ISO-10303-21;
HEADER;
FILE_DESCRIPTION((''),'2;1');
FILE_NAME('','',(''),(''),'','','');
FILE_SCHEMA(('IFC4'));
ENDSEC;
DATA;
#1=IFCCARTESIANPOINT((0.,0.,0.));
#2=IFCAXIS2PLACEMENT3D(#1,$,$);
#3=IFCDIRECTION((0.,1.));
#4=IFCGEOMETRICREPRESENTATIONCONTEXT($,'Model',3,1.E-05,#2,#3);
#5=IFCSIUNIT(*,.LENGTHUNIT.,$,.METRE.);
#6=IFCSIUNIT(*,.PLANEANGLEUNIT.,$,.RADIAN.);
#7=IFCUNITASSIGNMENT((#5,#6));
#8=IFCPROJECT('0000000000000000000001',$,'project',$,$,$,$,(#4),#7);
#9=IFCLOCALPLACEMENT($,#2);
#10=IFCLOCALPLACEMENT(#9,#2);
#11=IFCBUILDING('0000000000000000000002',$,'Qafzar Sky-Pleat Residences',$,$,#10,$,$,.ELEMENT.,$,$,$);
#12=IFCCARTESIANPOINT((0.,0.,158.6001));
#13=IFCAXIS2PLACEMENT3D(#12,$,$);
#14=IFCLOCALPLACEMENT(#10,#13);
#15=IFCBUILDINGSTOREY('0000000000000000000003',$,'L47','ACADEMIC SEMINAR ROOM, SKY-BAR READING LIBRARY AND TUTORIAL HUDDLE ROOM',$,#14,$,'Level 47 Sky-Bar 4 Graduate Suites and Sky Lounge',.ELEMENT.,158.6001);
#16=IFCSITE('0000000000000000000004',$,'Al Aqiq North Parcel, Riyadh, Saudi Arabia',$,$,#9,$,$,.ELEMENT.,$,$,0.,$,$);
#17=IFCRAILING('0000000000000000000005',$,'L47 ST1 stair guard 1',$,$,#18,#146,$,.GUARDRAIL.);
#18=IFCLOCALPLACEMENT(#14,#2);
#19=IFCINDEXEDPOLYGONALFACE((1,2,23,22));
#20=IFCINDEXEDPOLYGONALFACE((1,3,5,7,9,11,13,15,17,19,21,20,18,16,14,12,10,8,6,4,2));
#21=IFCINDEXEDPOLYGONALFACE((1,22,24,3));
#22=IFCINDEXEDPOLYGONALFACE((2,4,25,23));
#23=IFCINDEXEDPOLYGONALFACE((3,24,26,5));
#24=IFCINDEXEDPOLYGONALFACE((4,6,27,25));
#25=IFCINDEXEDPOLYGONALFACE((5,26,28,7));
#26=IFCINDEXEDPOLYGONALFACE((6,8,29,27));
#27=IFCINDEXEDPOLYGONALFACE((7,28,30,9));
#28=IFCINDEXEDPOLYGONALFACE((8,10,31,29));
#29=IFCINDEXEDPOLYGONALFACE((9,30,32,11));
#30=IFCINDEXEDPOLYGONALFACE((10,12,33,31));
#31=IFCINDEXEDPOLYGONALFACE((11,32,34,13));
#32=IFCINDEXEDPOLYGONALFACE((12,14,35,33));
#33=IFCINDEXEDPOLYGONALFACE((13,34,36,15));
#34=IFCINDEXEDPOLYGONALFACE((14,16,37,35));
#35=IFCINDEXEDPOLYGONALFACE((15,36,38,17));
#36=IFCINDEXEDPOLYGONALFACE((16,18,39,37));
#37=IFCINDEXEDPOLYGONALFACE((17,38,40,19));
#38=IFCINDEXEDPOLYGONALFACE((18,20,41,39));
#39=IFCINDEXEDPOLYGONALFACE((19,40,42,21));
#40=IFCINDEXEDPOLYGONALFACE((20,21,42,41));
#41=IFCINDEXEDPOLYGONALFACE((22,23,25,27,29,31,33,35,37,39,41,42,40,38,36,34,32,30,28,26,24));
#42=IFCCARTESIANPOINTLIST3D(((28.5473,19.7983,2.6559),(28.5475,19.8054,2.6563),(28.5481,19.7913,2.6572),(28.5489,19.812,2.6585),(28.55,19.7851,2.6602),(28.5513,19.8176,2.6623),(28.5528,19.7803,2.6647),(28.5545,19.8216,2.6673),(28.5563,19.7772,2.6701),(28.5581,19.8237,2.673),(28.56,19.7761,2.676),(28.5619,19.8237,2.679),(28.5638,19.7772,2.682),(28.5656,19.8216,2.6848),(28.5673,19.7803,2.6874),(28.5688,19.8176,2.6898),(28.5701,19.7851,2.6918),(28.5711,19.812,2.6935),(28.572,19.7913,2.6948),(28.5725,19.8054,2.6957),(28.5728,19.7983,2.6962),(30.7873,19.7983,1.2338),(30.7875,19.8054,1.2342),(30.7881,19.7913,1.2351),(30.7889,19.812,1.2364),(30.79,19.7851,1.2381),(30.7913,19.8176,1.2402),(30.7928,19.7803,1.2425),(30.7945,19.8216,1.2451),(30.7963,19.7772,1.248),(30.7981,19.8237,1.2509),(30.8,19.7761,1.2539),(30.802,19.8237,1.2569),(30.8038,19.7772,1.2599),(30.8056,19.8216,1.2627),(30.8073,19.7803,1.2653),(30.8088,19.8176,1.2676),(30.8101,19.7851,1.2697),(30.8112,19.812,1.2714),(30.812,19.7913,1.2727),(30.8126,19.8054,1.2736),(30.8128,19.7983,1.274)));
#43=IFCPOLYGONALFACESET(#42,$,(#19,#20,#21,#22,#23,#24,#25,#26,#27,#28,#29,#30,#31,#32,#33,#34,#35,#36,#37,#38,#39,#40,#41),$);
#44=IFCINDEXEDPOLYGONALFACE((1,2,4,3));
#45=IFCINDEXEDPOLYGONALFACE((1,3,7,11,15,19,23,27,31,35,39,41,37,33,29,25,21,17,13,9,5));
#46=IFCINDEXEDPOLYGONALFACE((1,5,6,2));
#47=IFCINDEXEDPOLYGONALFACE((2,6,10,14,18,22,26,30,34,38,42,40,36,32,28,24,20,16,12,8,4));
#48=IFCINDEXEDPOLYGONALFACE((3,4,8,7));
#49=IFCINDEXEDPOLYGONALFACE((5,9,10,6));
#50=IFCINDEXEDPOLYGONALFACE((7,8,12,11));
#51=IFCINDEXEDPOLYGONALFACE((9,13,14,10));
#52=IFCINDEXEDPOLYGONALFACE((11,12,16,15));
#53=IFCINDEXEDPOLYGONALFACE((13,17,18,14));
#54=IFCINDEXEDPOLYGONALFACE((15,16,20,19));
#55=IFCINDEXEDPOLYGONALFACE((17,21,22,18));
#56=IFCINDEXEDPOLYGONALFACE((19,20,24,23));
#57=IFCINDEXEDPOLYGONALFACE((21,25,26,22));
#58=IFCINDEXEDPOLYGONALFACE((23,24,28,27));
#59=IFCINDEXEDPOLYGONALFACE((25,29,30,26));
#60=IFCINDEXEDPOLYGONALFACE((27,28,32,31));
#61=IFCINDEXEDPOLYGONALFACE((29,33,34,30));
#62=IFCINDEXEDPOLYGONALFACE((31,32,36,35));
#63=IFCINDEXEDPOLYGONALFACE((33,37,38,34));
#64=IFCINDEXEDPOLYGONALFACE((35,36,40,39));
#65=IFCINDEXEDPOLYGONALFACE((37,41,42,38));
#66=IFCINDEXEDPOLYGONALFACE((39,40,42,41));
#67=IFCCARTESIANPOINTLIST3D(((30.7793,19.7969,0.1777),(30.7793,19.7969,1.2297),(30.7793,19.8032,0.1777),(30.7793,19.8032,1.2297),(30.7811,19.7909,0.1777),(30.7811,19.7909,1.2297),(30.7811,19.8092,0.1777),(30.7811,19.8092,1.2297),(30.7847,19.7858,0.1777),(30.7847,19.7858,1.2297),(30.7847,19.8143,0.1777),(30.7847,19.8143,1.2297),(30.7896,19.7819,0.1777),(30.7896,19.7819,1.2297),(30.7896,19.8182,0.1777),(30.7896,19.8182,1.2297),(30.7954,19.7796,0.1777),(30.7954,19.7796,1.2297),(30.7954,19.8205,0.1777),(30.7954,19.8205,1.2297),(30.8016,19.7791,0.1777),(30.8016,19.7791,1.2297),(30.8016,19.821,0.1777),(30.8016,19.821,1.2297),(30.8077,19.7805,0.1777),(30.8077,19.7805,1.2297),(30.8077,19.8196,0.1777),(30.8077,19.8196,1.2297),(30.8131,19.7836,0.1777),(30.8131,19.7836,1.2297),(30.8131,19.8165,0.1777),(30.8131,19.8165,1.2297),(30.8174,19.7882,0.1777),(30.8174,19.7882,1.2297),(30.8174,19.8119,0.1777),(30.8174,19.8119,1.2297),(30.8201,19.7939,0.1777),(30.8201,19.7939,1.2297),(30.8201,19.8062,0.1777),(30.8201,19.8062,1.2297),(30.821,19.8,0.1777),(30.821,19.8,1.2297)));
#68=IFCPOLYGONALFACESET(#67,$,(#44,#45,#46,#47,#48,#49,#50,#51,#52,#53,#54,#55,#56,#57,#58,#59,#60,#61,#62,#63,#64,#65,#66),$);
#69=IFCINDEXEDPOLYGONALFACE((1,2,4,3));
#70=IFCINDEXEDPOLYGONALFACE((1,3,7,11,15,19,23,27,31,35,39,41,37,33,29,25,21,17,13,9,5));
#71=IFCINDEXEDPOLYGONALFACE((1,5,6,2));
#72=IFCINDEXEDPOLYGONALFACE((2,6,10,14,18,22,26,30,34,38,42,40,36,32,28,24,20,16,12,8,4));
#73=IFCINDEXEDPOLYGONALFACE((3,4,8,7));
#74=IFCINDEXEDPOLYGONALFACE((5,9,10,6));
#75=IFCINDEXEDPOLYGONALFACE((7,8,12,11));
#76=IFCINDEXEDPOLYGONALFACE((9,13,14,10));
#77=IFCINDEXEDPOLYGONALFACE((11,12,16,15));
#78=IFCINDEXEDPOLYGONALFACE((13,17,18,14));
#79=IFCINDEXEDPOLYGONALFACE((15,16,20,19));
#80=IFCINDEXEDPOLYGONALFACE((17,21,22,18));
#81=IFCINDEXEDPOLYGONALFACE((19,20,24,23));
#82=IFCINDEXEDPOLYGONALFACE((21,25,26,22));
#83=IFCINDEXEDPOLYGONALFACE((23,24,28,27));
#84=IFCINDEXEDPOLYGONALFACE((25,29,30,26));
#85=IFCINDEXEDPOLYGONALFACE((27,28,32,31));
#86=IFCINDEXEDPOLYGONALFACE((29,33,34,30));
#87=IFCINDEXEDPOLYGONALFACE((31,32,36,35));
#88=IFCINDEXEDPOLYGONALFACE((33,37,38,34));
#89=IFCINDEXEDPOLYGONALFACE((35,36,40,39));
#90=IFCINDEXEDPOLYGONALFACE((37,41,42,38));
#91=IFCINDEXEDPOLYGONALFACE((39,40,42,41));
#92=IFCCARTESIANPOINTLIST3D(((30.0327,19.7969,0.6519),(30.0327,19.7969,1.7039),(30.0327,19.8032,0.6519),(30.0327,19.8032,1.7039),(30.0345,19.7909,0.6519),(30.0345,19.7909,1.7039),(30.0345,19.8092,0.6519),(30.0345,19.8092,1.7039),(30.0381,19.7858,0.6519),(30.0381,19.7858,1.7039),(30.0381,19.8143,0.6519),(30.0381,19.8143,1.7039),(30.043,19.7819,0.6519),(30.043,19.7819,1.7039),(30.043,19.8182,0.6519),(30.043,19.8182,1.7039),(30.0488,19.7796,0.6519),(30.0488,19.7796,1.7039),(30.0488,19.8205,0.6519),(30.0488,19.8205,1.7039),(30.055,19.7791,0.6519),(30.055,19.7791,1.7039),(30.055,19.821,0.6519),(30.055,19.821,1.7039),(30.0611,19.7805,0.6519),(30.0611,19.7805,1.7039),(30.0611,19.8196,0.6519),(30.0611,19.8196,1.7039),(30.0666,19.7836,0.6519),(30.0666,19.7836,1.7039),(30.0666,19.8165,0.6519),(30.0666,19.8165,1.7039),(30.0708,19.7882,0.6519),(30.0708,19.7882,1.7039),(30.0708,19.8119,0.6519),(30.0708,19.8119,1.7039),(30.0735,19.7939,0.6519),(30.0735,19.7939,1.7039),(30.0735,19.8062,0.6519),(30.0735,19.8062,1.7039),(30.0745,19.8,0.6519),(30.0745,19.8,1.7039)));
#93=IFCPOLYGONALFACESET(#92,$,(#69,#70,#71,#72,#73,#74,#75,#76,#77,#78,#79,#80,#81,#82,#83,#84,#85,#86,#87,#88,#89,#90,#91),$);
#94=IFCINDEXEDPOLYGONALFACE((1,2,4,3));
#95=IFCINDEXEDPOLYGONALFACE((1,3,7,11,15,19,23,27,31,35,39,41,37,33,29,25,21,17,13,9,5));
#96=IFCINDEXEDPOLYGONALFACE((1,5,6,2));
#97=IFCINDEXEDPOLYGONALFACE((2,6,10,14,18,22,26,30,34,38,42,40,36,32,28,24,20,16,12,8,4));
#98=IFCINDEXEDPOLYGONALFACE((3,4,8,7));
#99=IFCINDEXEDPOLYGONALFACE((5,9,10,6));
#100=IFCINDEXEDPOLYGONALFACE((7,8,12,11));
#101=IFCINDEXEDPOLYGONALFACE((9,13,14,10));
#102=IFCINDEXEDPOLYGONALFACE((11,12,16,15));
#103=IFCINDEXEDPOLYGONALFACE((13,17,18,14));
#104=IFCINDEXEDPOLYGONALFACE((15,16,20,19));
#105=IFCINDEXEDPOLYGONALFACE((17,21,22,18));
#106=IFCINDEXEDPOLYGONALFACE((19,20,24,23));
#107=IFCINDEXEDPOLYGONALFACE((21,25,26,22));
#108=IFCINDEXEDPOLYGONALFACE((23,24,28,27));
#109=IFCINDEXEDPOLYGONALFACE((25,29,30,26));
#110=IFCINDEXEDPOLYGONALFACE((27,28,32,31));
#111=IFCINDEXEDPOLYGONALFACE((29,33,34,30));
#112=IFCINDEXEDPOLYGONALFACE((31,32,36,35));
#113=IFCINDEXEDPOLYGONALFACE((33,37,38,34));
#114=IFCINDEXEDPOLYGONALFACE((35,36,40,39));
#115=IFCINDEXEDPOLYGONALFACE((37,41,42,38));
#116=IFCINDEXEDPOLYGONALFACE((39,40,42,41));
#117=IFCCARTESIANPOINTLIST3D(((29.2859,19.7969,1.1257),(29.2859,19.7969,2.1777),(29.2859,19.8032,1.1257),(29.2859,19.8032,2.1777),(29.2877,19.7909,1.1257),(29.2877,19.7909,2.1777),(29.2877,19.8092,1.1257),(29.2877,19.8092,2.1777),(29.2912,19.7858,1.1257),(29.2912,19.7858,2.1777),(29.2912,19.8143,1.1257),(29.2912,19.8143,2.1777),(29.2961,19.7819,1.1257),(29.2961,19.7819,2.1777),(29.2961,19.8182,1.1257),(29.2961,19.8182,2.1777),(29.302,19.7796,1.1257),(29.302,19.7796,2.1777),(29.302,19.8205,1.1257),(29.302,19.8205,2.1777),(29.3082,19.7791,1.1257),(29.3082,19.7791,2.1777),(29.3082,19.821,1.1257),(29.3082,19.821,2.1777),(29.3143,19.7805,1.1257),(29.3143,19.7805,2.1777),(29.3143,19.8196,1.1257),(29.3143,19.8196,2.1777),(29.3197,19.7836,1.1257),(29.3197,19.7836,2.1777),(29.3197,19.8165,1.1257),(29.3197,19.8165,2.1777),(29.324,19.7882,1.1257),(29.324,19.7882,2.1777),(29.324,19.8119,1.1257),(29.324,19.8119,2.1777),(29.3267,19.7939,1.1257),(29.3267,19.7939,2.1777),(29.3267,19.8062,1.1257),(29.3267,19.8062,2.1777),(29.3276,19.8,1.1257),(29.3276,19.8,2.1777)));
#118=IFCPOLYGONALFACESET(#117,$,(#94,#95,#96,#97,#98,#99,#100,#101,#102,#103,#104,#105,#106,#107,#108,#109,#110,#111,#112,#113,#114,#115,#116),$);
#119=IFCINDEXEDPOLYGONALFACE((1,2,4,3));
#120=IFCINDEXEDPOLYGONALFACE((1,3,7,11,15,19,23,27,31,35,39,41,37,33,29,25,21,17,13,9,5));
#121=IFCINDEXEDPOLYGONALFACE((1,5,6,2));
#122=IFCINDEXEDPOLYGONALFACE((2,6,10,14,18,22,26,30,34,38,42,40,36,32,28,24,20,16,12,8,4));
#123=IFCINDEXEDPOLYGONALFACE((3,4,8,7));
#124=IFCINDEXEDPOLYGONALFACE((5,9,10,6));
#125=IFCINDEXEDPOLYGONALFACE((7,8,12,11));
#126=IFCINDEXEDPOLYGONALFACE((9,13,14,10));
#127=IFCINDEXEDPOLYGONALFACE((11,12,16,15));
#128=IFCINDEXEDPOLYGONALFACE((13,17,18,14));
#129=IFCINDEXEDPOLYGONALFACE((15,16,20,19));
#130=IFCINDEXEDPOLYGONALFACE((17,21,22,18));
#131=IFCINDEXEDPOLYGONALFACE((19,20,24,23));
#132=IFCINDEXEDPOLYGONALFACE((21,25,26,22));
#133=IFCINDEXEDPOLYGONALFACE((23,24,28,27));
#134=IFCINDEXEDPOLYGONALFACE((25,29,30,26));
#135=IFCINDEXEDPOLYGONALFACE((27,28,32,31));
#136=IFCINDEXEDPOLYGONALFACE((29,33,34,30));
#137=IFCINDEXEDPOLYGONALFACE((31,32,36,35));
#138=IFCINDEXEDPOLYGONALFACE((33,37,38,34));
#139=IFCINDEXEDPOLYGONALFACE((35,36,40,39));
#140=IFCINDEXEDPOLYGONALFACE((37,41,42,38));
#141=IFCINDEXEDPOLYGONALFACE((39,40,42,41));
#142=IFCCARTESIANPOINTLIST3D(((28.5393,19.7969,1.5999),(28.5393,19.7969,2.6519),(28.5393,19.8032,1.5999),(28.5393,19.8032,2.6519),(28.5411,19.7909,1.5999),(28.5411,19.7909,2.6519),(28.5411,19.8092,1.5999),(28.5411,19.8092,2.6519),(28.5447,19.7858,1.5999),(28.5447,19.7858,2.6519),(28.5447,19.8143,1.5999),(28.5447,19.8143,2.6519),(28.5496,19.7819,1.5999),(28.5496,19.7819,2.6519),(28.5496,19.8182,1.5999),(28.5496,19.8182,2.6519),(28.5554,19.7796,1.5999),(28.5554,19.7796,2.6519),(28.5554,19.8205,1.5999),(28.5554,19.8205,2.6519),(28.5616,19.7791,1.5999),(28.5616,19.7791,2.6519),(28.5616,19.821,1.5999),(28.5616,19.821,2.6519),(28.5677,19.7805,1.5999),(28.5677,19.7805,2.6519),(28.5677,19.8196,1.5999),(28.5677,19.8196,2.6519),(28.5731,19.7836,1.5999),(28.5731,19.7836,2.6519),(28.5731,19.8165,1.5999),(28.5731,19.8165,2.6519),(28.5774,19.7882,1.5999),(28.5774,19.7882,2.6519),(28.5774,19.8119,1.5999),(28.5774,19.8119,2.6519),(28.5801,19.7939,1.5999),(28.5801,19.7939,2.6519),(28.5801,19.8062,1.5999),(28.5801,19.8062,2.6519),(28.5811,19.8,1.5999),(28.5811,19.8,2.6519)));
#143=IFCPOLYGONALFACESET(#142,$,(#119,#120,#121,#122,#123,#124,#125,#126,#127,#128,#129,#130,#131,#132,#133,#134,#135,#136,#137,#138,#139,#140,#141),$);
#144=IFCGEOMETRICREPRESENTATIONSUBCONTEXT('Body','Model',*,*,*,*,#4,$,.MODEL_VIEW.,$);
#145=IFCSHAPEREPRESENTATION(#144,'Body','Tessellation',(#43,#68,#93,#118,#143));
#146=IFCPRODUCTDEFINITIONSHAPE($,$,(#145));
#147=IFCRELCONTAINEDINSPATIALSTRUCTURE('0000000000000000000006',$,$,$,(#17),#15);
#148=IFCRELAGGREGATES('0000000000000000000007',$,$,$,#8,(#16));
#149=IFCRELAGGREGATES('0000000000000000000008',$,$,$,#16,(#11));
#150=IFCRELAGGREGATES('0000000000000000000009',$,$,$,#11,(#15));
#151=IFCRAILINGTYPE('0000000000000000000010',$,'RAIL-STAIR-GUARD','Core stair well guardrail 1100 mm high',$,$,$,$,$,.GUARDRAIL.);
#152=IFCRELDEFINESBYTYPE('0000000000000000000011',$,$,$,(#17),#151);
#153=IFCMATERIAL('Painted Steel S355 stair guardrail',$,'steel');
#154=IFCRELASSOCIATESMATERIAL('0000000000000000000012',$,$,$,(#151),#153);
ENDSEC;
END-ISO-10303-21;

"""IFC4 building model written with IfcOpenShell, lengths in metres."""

from ifc_helpers import new_model, si_unit, direction, frame, origin, origin_2d, place, context, subcontext, project, spatial, circle, extrude, source, transform, mapped, material, type_object, element, save


model = new_model("IFC4")

# Units and contexts
model_context = context("Model", 3, precision=1e-05, world=origin(), true_north=direction((0.0, 1.0)))
body_context = subcontext(model_context, "Body", "Model", "MODEL_VIEW")
ifc_project = project(units=[si_unit("LENGTHUNIT", "METRE"), si_unit("PLANEANGLEUNIT", "RADIAN")], contexts=[model_context])

# Site, building, storey
site_placement = place(None, origin())
site = spatial("IfcSite", under=ifc_project, at=site_placement, Name="Al Aqiq North Parcel, Riyadh, Saudi Arabia", CompositionType="ELEMENT", RefElevation=0.0)
building_placement = place(site_placement, origin())
building = spatial("IfcBuilding", under=site, at=building_placement, Name="Qafzar Sky-Pleat Residences", CompositionType="ELEMENT")
storey_placement = place(building_placement, frame((0.0, 0.0, 158.6001)))
storey = spatial("IfcBuildingStorey", under=building, at=storey_placement, Name="L47", Description="ACADEMIC SEMINAR ROOM, SKY-BAR READING LIBRARY AND TUTORIAL HUDDLE ROOM", LongName="Level 47 Sky-Bar 4 Graduate Suites and Sky Lounge", CompositionType="ELEMENT", Elevation=158.6001)

# Railing
ifc_material_1 = material(Name="Painted Steel S355 stair guardrail", Category="steel")
railing_type_1 = type_object("IfcRailingType", Name="RAIL-STAIR-GUARD", Description="Core stair well guardrail 1100 mm high", PredefinedType="GUARDRAIL", material=ifc_material_1)
shared_shape_1 = source(origin(), body_context, "Body", "SweptSolid", [
    extrude(circle(Radius=0.0239, at=origin_2d()), frame((0.0, 0.0, 1.0762), z_axis=(-0.844229, 0.0, 0.535982), x_axis=(0.0, -1.0, 0.0)), (0.0, 0.0, 1.0), 2.6533),
    extrude(circle(Radius=0.021, at=origin_2d()), origin(), (0.0, 0.0, 1.0), 1.052),
    extrude(circle(Radius=0.021, at=origin_2d()), frame((-0.7466, 0.0, 0.4741)), (0.0, 0.0, 1.0), 1.052),
    extrude(circle(Radius=0.021, at=origin_2d()), frame((-1.4934, 0.0, 0.948)), (0.0, 0.0, 1.0), 1.052),
    extrude(circle(Radius=0.021, at=origin_2d()), frame((-2.24, 0.0, 1.4221)), (0.0, 0.0, 1.0), 1.052),
])
railing_1_placement = place(storey_placement, frame((30.8, 19.8, 0.1777)))
element("IfcRailing", 1, at=railing_1_placement, inside=storey, type_object=railing_type_1, Name="L47 ST1 stair guard 1", PredefinedType="GUARDRAIL", context=body_context, shape_type="MappedRepresentation", body=[
    mapped(shared_shape_1, transform((0.0, 0.0, 0.0), x_axis=(1.0, 0.0, 0.0), y_axis=(0.0, 1.0, 0.0), z_axis=(0.0, 0.0, 1.0), scale=1.0)),
])

save(model, "model.ifc")
